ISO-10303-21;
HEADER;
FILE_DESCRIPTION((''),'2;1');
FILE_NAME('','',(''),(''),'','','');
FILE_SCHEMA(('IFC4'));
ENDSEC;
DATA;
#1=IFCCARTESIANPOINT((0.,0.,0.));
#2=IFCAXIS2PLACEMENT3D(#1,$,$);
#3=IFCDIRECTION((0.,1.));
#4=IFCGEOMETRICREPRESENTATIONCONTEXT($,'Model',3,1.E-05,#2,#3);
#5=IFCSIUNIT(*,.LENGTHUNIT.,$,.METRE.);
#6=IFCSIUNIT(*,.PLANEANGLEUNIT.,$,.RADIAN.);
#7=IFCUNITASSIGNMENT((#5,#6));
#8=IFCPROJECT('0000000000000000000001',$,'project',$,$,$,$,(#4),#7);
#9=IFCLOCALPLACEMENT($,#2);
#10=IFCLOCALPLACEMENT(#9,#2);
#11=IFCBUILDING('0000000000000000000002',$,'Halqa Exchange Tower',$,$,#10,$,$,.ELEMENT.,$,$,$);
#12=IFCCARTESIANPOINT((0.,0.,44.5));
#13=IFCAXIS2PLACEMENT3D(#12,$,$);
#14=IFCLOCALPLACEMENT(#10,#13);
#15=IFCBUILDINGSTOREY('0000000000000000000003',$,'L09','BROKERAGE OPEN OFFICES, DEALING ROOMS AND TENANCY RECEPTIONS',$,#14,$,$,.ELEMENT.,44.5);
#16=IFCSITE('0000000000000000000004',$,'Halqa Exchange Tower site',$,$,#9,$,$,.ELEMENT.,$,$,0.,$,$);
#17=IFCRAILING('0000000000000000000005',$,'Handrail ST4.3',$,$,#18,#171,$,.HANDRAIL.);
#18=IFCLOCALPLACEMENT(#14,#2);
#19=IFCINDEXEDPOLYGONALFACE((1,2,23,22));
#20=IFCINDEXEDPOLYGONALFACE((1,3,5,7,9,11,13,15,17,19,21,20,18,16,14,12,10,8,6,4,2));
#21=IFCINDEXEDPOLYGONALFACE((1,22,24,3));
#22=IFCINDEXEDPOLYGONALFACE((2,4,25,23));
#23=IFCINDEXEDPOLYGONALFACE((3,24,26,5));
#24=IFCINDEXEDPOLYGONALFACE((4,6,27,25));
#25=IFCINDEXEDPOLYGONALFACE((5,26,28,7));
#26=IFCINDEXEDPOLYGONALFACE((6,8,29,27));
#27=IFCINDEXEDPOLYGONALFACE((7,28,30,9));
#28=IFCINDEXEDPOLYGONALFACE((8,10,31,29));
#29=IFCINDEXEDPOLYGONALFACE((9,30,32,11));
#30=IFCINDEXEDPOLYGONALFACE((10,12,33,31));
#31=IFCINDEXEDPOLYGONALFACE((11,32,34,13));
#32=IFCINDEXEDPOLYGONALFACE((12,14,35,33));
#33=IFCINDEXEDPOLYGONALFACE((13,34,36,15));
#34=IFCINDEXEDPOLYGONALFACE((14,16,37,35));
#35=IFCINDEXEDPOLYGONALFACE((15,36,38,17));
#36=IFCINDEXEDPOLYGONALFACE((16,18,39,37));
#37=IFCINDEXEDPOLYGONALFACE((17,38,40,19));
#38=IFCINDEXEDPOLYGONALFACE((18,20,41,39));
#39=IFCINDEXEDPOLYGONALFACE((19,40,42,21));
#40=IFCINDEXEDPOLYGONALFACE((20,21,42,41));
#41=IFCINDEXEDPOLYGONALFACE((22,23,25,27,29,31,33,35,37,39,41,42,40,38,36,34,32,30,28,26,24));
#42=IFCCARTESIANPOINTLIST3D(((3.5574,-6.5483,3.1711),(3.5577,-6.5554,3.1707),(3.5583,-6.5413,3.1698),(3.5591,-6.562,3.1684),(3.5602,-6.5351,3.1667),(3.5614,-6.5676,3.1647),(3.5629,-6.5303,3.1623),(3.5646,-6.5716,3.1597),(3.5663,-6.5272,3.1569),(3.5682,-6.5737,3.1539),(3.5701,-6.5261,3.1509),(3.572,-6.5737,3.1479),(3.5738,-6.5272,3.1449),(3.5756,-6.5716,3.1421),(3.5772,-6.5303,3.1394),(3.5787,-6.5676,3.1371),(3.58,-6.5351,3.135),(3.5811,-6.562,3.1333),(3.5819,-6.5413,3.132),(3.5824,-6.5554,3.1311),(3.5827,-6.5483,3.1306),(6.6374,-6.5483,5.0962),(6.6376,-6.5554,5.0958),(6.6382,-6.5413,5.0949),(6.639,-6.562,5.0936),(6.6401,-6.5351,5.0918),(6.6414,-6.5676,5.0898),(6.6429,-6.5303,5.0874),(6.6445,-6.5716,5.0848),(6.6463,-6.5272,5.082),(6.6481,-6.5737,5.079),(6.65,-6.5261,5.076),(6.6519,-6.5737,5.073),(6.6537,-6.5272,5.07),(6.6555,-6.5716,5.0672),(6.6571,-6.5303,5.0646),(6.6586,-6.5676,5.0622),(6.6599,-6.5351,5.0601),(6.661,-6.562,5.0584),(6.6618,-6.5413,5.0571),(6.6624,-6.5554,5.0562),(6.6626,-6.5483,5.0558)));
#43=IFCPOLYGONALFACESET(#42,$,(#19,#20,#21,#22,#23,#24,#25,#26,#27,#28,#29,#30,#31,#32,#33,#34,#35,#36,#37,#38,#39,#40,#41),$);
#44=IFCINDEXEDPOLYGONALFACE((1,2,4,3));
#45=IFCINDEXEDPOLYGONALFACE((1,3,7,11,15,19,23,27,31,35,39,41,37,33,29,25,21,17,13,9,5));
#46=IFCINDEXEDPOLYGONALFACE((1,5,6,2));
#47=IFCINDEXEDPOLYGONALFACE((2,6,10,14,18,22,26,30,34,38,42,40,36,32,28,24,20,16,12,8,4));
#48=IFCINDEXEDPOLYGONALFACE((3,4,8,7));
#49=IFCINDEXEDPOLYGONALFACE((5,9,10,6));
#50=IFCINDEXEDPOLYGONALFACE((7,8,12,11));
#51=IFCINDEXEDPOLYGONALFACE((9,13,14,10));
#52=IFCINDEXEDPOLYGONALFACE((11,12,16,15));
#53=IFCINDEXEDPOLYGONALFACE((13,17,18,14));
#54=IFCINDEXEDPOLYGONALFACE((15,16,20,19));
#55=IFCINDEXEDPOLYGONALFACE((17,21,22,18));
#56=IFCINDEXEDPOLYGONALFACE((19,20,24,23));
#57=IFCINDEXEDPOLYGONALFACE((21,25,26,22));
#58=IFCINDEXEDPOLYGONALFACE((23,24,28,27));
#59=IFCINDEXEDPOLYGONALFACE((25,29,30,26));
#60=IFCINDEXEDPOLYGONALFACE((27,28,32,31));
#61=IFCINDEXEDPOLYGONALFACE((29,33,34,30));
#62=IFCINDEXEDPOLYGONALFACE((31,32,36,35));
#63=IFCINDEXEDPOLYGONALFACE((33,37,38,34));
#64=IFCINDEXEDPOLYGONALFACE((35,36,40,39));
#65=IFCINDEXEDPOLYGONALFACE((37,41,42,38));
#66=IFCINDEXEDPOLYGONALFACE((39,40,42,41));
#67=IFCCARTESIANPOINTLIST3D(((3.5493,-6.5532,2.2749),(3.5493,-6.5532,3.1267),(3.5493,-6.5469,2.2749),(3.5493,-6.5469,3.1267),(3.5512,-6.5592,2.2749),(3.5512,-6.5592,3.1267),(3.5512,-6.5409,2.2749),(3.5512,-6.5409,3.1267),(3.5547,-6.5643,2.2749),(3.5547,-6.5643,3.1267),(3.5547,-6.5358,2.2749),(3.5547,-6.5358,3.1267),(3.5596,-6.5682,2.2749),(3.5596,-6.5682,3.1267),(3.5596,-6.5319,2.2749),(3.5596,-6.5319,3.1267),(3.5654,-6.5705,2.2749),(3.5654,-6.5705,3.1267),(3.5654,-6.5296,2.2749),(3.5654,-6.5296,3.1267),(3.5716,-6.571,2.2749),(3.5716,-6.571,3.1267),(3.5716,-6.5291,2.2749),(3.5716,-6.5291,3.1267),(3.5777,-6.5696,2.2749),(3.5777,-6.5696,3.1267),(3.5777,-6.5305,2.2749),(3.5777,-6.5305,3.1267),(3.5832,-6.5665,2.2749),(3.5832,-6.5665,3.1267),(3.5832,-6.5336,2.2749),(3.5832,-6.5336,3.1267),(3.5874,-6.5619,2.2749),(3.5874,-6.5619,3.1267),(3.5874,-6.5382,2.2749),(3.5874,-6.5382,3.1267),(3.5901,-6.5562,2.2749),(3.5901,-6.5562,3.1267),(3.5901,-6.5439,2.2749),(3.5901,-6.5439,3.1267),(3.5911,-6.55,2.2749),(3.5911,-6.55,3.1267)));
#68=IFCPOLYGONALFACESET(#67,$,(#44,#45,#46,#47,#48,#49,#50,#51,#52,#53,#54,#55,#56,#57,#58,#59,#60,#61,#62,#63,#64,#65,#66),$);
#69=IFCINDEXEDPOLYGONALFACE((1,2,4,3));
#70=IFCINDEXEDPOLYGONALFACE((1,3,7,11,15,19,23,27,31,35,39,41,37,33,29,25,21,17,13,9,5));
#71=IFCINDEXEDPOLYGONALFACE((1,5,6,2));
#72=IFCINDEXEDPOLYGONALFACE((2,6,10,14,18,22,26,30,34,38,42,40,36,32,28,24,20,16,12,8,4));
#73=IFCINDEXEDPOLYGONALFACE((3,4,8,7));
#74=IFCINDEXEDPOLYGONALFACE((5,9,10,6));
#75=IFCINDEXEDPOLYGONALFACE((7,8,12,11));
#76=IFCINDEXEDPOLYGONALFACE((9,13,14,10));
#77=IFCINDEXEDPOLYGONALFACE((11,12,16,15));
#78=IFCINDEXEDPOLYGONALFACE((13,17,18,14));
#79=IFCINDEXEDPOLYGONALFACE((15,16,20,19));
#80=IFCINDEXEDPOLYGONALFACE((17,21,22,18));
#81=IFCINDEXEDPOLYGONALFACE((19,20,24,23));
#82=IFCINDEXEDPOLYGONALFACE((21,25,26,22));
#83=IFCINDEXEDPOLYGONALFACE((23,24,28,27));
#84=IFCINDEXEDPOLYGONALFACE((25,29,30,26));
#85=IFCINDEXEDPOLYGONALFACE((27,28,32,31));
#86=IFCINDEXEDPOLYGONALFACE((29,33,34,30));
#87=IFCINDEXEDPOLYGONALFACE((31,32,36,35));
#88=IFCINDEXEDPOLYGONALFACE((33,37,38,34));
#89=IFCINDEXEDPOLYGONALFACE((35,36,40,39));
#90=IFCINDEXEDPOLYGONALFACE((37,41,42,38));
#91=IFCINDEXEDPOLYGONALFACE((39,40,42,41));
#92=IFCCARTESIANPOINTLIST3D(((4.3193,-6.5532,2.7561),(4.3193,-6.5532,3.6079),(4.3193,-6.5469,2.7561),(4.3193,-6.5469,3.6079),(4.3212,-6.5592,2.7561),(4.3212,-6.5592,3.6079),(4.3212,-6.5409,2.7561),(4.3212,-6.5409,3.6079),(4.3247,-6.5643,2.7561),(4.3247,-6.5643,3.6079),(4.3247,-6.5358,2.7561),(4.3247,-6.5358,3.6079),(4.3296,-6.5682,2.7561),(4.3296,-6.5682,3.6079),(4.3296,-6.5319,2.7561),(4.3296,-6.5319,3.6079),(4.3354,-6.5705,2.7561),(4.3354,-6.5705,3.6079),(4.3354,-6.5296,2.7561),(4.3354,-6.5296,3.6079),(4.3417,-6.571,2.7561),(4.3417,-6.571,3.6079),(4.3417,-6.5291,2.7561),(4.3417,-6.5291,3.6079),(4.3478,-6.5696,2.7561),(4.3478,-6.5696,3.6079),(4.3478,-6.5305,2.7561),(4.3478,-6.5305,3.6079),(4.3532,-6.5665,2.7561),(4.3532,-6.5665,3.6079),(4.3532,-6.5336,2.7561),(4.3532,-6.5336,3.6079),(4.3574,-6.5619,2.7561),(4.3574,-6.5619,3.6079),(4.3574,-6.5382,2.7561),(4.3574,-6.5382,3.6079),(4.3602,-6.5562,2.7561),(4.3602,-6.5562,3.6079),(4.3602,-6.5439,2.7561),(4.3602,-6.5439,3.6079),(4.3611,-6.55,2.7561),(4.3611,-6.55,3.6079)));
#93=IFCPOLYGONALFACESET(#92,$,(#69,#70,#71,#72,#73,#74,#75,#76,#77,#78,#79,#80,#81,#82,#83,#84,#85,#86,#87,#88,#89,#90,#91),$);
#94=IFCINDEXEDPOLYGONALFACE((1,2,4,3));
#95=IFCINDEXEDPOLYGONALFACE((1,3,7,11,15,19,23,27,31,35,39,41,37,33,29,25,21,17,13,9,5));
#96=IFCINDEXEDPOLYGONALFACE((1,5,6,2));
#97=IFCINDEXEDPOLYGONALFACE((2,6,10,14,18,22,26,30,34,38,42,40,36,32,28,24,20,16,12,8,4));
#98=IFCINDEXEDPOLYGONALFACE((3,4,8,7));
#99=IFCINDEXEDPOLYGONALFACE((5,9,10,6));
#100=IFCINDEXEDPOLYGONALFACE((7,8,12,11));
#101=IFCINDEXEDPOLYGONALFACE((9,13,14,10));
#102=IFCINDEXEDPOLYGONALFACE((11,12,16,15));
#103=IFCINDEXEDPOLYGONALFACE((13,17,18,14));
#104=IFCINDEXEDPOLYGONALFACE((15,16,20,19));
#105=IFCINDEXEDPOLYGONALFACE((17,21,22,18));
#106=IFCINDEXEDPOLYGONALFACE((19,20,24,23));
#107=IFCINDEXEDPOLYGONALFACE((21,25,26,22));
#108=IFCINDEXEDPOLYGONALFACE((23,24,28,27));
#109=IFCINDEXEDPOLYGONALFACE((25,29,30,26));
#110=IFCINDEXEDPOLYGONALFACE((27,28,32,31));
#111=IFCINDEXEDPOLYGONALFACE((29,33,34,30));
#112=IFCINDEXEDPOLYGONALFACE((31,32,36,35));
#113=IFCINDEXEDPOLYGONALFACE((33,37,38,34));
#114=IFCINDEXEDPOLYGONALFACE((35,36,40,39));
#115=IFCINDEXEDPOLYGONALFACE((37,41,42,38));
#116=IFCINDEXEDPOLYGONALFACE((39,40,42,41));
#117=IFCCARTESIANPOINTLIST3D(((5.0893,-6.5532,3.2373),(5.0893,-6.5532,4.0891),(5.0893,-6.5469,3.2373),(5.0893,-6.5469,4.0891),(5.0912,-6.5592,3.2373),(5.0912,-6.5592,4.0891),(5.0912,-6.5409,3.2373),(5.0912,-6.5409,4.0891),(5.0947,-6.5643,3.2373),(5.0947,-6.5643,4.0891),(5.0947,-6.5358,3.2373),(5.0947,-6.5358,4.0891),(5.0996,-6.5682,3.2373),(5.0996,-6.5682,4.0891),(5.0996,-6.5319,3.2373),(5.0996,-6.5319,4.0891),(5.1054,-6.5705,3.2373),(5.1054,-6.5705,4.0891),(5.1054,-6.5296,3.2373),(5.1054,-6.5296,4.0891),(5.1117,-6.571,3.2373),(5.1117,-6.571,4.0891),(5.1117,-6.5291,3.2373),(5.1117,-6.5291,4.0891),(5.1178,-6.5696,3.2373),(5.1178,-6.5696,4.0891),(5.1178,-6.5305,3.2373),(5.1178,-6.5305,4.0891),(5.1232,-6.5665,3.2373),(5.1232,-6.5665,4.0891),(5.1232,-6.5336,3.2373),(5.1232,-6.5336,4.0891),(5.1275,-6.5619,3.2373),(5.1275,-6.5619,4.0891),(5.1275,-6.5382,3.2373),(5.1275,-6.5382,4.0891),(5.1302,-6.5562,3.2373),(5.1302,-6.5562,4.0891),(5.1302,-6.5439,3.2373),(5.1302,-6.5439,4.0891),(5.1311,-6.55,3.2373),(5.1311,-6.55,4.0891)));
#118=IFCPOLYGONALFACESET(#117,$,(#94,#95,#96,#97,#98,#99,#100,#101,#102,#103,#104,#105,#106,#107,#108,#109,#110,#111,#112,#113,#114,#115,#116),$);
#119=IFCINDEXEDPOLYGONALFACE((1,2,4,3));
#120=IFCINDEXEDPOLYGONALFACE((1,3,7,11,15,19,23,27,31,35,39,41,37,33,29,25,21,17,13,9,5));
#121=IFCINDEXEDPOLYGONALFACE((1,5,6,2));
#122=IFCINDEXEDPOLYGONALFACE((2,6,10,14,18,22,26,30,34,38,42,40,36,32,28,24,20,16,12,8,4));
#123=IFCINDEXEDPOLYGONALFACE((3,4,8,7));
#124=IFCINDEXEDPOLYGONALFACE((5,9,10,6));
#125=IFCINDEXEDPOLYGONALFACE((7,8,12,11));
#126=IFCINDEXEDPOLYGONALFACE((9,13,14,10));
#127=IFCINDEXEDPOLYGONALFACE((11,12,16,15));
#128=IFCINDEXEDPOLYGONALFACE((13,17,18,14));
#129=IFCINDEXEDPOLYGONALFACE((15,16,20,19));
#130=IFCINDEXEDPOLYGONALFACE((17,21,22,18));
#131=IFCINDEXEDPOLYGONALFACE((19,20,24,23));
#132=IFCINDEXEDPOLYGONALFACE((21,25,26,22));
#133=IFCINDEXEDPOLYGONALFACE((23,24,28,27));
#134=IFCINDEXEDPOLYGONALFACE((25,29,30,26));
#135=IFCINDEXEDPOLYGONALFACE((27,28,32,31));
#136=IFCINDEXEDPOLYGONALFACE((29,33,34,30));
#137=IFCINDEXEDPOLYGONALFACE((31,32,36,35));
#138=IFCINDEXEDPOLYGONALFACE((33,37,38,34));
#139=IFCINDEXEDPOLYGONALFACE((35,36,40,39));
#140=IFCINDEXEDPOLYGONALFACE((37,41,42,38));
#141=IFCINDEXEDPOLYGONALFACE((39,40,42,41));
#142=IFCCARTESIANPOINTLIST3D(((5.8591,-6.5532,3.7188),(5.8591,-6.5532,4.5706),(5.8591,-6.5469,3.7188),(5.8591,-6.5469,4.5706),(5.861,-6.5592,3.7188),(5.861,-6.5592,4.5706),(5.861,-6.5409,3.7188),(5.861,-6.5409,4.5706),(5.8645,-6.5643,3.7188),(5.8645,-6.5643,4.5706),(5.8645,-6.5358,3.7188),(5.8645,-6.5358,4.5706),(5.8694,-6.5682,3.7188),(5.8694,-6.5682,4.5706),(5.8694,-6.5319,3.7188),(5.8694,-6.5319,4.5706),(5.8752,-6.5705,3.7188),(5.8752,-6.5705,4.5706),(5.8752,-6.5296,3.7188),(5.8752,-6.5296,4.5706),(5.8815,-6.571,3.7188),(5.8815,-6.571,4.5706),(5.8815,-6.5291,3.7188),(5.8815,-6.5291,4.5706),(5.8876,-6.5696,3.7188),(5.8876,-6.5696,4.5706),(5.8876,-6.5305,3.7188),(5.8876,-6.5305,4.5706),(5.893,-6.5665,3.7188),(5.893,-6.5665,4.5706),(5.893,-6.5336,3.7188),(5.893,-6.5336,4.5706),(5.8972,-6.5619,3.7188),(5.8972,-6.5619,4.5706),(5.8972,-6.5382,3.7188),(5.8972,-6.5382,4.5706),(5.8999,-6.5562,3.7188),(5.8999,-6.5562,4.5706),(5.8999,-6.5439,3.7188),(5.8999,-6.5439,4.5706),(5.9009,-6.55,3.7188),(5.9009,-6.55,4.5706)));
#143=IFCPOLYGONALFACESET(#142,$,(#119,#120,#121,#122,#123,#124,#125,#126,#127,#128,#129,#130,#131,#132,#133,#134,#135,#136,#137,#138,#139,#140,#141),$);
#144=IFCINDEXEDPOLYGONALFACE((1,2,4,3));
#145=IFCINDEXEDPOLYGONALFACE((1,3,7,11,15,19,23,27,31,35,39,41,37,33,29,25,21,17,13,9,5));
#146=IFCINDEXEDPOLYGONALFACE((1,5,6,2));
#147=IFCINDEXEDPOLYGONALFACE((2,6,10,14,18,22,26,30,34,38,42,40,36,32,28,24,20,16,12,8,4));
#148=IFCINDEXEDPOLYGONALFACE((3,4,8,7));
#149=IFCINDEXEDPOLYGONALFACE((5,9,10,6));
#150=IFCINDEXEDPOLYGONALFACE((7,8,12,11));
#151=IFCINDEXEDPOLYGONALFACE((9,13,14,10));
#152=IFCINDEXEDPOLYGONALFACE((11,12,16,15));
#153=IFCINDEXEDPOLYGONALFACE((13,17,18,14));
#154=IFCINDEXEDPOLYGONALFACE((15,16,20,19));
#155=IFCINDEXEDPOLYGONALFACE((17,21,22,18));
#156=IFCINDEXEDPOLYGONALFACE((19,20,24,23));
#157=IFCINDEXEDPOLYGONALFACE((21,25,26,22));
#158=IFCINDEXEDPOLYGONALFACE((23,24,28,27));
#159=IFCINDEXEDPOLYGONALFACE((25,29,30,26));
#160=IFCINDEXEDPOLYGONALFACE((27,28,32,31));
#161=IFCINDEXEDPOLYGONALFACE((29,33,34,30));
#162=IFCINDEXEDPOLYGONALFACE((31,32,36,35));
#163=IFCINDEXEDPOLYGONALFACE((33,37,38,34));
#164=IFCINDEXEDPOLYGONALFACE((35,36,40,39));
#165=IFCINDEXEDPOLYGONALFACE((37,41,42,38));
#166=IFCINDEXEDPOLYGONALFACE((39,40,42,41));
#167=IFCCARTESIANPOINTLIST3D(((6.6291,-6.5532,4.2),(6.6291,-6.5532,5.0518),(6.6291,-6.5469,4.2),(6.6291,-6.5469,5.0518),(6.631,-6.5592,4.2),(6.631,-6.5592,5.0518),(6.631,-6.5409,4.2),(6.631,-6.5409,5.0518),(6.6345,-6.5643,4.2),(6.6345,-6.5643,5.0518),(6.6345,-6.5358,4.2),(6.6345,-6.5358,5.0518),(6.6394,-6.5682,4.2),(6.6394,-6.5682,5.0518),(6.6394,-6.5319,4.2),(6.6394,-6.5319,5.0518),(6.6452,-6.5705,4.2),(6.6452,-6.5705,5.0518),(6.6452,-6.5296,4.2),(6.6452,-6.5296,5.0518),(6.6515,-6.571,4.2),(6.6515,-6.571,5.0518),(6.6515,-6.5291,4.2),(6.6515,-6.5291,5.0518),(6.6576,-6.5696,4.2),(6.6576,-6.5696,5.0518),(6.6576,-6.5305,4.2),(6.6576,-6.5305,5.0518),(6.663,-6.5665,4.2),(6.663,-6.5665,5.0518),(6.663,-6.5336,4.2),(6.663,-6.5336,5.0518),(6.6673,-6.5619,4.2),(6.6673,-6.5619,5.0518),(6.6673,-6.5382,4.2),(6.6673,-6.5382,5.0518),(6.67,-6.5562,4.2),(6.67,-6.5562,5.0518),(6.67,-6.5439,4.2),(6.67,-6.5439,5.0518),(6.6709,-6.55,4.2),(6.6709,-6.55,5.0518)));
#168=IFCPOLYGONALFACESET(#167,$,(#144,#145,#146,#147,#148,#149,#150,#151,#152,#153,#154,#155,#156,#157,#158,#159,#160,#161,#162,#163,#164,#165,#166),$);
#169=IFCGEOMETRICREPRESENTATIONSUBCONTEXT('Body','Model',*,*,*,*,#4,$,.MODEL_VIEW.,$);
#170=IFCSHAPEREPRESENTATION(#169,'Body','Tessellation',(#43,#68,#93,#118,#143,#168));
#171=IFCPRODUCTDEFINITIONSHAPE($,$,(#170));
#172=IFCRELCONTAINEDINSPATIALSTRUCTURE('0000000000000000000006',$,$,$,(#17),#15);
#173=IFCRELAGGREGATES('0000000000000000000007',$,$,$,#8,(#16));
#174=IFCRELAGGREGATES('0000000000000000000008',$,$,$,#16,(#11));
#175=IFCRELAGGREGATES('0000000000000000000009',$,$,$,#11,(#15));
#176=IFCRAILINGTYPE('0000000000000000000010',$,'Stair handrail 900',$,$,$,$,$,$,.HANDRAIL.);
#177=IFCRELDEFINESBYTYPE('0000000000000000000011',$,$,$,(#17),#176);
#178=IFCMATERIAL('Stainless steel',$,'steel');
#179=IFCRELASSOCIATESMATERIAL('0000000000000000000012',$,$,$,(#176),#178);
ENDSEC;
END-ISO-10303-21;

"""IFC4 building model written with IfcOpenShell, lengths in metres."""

from ifc_helpers import new_model, si_unit, direction, frame, origin, origin_2d, place, context, subcontext, project, spatial, circle, extrude, material, type_object, element, save


model = new_model("IFC4")

# Units and contexts
model_context = context("Model", 3, precision=1e-05, world=origin(), true_north=direction((0.0, 1.0)))
body_context = subcontext(model_context, "Body", "Model", "MODEL_VIEW")
ifc_project = project(units=[si_unit("LENGTHUNIT", "METRE"), si_unit("PLANEANGLEUNIT", "RADIAN")], contexts=[model_context])

# Site, building, storey
site_placement = place(None, origin())
site = spatial("IfcSite", under=ifc_project, at=site_placement, Name="Halqa Exchange Tower site", CompositionType="ELEMENT", RefElevation=0.0)
building_placement = place(site_placement, origin())
building = spatial("IfcBuilding", under=site, at=building_placement, Name="Halqa Exchange Tower", CompositionType="ELEMENT")
storey_placement = place(building_placement, frame((0.0, 0.0, 44.5)))
storey = spatial("IfcBuildingStorey", under=building, at=storey_placement, Name="L09", Description="BROKERAGE OPEN OFFICES, DEALING ROOMS AND TENANCY RECEPTIONS", CompositionType="ELEMENT", Elevation=44.5)

# Railing
ifc_material_1 = material(Name="Stainless steel", Category="steel")
railing_type_1 = type_object("IfcRailingType", Name="Stair handrail 900", PredefinedType="HANDRAIL", material=ifc_material_1)
railing_1_placement = place(storey_placement, frame((3.5701, -6.55, 2.2749)))
element("IfcRailing", 1, at=railing_1_placement, inside=storey, type_object=railing_type_1, Name="Handrail ST4.3", PredefinedType="HANDRAIL", context=body_context, shape_type="SweptSolid", body=[
    extrude(circle(Radius=0.0239, at=origin_2d()), frame((0.0, 0.0, 0.876), z_axis=(0.847979, 0.0, 0.530029), x_axis=(0.0, 1.0, 0.0)), (0.0, 0.0, 1.0), 3.6321),
    extrude(circle(Radius=0.021, at=origin_2d()), origin(), (0.0, 0.0, 1.0), 0.8518),
    extrude(circle(Radius=0.021, at=origin_2d()), frame((0.77, 0.0, 0.4812)), (0.0, 0.0, 1.0), 0.8518),
    extrude(circle(Radius=0.021, at=origin_2d()), frame((1.54, 0.0, 0.9624)), (0.0, 0.0, 1.0), 0.8518),
    extrude(circle(Radius=0.021, at=origin_2d()), frame((2.3098, 0.0, 1.4438)), (0.0, 0.0, 1.0), 0.8518),
    extrude(circle(Radius=0.021, at=origin_2d()), frame((3.0798, 0.0, 1.925)), (0.0, 0.0, 1.0), 0.8518),
])

save(model, "model.ifc")
